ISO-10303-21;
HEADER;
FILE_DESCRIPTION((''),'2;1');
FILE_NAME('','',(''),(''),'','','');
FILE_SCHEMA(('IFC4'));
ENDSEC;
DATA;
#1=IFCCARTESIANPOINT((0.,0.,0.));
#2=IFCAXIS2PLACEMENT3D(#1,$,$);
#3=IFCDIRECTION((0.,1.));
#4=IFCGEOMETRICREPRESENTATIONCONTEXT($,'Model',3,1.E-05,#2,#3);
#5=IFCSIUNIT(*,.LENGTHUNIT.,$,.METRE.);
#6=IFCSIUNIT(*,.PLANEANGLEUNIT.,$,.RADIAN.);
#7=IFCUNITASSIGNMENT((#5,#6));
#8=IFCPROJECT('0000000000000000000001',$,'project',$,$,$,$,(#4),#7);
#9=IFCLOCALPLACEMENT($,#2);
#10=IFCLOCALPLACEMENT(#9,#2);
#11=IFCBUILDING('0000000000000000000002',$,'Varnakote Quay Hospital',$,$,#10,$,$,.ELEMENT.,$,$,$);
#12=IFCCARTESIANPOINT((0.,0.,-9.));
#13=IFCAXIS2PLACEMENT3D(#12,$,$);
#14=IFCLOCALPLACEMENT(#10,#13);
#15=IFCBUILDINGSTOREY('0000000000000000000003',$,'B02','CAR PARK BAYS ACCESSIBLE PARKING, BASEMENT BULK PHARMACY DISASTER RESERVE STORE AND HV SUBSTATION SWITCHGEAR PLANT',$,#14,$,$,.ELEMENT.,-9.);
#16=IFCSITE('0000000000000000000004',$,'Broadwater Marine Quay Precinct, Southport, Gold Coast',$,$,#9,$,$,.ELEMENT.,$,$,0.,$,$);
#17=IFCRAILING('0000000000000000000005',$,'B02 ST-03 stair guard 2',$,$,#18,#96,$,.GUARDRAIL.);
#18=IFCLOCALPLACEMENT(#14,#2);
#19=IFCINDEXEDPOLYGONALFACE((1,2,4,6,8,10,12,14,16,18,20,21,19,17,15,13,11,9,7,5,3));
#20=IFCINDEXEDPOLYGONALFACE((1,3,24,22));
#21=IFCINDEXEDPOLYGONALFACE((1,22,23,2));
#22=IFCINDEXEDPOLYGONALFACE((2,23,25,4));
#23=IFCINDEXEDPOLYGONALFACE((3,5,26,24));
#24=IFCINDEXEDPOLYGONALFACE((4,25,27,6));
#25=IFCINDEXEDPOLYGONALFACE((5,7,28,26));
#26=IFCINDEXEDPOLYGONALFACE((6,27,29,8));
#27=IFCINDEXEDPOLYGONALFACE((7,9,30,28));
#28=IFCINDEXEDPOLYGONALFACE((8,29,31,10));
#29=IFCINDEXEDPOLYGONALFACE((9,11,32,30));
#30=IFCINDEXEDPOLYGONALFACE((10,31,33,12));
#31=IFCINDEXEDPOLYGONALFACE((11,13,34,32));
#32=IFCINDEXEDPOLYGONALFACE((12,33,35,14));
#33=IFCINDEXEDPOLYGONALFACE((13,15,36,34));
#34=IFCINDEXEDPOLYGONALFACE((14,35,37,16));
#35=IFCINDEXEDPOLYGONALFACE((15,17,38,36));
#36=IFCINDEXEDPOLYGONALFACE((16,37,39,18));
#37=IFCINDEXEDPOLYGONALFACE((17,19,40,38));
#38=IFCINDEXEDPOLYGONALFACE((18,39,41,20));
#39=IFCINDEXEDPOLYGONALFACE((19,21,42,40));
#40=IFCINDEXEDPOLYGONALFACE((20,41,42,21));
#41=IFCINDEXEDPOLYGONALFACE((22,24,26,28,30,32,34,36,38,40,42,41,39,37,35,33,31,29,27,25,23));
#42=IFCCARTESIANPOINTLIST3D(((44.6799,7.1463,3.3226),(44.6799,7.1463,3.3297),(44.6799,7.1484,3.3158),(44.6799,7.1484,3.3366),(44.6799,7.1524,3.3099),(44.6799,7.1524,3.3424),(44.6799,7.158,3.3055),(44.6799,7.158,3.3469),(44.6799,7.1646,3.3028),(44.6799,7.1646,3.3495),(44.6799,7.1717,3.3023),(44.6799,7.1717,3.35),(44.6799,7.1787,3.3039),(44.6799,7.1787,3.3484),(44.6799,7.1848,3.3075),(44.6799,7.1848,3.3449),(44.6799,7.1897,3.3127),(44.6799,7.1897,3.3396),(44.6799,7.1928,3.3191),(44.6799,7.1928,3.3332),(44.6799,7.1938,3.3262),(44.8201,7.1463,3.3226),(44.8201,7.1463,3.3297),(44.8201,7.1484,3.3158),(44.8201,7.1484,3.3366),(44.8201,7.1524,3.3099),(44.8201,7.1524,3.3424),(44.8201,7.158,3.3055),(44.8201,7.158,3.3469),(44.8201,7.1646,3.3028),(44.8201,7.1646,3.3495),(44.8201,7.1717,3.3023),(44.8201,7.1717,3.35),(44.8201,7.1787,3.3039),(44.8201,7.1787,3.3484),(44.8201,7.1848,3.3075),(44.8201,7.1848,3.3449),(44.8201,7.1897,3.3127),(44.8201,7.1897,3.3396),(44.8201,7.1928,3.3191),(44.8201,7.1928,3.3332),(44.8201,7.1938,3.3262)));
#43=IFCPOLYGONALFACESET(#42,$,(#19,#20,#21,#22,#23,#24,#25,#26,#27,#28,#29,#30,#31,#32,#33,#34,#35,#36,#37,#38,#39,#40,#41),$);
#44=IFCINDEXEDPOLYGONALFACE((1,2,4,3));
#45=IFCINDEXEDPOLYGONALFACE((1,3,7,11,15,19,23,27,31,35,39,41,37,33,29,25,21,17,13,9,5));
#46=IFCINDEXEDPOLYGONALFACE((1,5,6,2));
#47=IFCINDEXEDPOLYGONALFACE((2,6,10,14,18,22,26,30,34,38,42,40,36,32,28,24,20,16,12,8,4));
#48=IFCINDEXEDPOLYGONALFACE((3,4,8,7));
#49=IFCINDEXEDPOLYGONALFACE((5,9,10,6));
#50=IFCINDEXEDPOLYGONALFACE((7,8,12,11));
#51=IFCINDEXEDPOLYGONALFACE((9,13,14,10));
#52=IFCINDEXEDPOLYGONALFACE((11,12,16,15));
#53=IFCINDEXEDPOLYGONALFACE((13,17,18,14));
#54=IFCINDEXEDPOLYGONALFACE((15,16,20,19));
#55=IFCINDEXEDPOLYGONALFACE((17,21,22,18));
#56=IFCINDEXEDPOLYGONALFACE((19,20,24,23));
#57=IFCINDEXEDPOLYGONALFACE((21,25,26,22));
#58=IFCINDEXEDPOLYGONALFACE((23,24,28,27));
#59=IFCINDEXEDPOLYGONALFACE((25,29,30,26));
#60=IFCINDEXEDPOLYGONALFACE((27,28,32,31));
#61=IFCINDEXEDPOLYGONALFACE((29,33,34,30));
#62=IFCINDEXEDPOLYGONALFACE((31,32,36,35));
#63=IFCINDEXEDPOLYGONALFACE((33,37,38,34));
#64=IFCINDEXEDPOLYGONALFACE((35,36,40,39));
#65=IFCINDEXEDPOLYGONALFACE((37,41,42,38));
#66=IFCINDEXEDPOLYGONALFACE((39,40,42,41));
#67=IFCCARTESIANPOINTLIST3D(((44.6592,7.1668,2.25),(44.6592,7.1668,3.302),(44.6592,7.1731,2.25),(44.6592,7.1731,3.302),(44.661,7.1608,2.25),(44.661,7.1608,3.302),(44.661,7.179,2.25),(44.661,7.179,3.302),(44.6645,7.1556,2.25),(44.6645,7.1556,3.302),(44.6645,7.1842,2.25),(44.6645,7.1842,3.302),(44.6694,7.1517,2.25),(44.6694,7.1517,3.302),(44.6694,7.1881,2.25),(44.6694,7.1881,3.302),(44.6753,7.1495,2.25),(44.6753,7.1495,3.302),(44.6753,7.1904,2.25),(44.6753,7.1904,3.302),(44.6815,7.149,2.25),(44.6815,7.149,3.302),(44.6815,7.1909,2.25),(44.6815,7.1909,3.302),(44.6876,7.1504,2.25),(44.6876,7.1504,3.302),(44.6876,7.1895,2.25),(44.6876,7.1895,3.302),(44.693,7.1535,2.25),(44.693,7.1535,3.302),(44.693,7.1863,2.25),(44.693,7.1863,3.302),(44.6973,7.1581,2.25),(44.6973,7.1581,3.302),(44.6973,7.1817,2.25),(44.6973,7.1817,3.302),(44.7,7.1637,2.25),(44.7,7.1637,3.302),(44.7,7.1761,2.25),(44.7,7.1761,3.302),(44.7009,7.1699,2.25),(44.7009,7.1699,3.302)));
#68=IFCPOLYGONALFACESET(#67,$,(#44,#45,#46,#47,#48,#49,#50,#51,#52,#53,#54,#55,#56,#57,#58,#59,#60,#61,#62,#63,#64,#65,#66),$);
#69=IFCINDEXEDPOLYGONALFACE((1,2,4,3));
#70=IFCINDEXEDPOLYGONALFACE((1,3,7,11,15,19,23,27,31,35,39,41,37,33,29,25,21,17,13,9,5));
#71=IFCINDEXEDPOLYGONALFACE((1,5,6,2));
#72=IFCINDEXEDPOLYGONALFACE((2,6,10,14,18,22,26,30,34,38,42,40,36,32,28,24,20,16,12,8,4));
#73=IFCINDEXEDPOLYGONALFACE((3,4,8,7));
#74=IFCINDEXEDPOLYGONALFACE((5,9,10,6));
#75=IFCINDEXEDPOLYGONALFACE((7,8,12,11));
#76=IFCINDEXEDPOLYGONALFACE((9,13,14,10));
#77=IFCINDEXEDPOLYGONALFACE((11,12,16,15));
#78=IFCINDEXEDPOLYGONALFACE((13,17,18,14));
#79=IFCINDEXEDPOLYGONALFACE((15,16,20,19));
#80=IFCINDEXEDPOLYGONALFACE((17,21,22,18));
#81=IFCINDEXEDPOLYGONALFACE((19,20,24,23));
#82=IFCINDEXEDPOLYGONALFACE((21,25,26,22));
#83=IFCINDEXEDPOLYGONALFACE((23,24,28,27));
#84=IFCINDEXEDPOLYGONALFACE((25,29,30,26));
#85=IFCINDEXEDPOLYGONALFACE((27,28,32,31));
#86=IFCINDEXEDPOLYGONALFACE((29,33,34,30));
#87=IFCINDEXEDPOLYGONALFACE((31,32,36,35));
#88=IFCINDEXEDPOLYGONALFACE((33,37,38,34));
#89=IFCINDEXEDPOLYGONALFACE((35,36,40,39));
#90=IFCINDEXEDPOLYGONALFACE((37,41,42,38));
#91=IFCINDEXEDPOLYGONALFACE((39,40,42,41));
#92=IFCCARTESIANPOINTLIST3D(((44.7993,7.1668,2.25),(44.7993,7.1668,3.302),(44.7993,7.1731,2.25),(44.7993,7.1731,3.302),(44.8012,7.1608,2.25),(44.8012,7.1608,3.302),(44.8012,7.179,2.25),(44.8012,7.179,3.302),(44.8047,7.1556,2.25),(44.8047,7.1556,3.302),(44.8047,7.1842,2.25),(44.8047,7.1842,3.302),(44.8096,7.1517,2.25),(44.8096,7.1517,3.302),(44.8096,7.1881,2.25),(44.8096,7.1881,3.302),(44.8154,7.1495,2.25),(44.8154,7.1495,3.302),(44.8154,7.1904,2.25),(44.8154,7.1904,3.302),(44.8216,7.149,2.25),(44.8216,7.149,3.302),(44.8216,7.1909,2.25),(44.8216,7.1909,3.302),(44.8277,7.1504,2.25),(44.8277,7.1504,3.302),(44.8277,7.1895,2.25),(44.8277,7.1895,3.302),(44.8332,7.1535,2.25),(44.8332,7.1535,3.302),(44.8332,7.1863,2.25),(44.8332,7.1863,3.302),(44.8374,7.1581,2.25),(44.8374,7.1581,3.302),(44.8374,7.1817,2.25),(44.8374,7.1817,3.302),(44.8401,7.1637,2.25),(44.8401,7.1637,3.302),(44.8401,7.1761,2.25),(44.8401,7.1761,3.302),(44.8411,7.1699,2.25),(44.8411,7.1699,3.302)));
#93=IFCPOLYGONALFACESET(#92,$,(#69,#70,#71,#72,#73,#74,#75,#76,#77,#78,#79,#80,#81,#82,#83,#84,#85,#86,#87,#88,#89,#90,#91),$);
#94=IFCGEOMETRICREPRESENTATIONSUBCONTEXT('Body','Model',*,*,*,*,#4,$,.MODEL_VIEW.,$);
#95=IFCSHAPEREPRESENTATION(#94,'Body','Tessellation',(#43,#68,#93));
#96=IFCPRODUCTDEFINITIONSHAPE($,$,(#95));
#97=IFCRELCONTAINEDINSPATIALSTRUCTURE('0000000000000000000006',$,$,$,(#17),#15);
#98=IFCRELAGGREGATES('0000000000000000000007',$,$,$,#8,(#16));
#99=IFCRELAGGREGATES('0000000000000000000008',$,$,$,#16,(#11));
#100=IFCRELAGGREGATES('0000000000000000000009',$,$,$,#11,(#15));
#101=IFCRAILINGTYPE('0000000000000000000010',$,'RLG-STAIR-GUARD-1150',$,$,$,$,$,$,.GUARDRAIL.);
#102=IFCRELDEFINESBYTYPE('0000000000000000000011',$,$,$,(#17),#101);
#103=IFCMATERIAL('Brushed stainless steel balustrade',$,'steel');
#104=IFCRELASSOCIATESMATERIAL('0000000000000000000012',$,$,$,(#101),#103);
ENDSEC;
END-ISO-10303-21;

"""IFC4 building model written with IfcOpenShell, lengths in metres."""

from ifc_helpers import new_model, si_unit, direction, frame, origin, origin_2d, place, context, subcontext, project, spatial, circle, extrude, material, type_object, element, save


model = new_model("IFC4")

# Units and contexts
model_context = context("Model", 3, precision=1e-05, world=origin(), true_north=direction((0.0, 1.0)))
body_context = subcontext(model_context, "Body", "Model", "MODEL_VIEW")
ifc_project = project(units=[si_unit("LENGTHUNIT", "METRE"), si_unit("PLANEANGLEUNIT", "RADIAN")], contexts=[model_context])

# Site, building, storey
site_placement = place(None, origin())
site = spatial("IfcSite", under=ifc_project, at=site_placement, Name="Broadwater Marine Quay Precinct, Southport, Gold Coast", CompositionType="ELEMENT", RefElevation=0.0)
building_placement = place(site_placement, origin())
building = spatial("IfcBuilding", under=site, at=building_placement, Name="Varnakote Quay Hospital", CompositionType="ELEMENT")
storey_placement = place(building_placement, frame((0.0, 0.0, -9.0)))
storey = spatial("IfcBuildingStorey", under=building, at=storey_placement, Name="B02", Description="CAR PARK BAYS ACCESSIBLE PARKING, BASEMENT BULK PHARMACY DISASTER RESERVE STORE AND HV SUBSTATION SWITCHGEAR PLANT", CompositionType="ELEMENT", Elevation=-9.0)

# Railing
ifc_material_1 = material(Name="Brushed stainless steel balustrade", Category="steel")
railing_type_1 = type_object("IfcRailingType", Name="RLG-STAIR-GUARD-1150", PredefinedType="GUARDRAIL", material=ifc_material_1)
railing_1_placement = place(storey_placement, frame((44.6799, 7.1699, 2.25)))
element("IfcRailing", 1, at=railing_1_placement, inside=storey, type_object=railing_type_1, Name="B02 ST-03 stair guard 2", PredefinedType="GUARDRAIL", context=body_context, shape_type="SweptSolid", body=[
    extrude(circle(Radius=0.0239, at=origin_2d()), frame((0.0, 0.0, 1.0762), z_axis=(1.0, 0.0, 0.0), x_axis=(0.0, 1.0, 0.0)), (0.0, 0.0, 1.0), 0.1401),
    extrude(circle(Radius=0.021, at=origin_2d()), origin(), (0.0, 0.0, 1.0), 1.052),
    extrude(circle(Radius=0.021, at=origin_2d()), frame((0.1401, 0.0, 0.0)), (0.0, 0.0, 1.0), 1.052),
])

save(model, "model.ifc")
